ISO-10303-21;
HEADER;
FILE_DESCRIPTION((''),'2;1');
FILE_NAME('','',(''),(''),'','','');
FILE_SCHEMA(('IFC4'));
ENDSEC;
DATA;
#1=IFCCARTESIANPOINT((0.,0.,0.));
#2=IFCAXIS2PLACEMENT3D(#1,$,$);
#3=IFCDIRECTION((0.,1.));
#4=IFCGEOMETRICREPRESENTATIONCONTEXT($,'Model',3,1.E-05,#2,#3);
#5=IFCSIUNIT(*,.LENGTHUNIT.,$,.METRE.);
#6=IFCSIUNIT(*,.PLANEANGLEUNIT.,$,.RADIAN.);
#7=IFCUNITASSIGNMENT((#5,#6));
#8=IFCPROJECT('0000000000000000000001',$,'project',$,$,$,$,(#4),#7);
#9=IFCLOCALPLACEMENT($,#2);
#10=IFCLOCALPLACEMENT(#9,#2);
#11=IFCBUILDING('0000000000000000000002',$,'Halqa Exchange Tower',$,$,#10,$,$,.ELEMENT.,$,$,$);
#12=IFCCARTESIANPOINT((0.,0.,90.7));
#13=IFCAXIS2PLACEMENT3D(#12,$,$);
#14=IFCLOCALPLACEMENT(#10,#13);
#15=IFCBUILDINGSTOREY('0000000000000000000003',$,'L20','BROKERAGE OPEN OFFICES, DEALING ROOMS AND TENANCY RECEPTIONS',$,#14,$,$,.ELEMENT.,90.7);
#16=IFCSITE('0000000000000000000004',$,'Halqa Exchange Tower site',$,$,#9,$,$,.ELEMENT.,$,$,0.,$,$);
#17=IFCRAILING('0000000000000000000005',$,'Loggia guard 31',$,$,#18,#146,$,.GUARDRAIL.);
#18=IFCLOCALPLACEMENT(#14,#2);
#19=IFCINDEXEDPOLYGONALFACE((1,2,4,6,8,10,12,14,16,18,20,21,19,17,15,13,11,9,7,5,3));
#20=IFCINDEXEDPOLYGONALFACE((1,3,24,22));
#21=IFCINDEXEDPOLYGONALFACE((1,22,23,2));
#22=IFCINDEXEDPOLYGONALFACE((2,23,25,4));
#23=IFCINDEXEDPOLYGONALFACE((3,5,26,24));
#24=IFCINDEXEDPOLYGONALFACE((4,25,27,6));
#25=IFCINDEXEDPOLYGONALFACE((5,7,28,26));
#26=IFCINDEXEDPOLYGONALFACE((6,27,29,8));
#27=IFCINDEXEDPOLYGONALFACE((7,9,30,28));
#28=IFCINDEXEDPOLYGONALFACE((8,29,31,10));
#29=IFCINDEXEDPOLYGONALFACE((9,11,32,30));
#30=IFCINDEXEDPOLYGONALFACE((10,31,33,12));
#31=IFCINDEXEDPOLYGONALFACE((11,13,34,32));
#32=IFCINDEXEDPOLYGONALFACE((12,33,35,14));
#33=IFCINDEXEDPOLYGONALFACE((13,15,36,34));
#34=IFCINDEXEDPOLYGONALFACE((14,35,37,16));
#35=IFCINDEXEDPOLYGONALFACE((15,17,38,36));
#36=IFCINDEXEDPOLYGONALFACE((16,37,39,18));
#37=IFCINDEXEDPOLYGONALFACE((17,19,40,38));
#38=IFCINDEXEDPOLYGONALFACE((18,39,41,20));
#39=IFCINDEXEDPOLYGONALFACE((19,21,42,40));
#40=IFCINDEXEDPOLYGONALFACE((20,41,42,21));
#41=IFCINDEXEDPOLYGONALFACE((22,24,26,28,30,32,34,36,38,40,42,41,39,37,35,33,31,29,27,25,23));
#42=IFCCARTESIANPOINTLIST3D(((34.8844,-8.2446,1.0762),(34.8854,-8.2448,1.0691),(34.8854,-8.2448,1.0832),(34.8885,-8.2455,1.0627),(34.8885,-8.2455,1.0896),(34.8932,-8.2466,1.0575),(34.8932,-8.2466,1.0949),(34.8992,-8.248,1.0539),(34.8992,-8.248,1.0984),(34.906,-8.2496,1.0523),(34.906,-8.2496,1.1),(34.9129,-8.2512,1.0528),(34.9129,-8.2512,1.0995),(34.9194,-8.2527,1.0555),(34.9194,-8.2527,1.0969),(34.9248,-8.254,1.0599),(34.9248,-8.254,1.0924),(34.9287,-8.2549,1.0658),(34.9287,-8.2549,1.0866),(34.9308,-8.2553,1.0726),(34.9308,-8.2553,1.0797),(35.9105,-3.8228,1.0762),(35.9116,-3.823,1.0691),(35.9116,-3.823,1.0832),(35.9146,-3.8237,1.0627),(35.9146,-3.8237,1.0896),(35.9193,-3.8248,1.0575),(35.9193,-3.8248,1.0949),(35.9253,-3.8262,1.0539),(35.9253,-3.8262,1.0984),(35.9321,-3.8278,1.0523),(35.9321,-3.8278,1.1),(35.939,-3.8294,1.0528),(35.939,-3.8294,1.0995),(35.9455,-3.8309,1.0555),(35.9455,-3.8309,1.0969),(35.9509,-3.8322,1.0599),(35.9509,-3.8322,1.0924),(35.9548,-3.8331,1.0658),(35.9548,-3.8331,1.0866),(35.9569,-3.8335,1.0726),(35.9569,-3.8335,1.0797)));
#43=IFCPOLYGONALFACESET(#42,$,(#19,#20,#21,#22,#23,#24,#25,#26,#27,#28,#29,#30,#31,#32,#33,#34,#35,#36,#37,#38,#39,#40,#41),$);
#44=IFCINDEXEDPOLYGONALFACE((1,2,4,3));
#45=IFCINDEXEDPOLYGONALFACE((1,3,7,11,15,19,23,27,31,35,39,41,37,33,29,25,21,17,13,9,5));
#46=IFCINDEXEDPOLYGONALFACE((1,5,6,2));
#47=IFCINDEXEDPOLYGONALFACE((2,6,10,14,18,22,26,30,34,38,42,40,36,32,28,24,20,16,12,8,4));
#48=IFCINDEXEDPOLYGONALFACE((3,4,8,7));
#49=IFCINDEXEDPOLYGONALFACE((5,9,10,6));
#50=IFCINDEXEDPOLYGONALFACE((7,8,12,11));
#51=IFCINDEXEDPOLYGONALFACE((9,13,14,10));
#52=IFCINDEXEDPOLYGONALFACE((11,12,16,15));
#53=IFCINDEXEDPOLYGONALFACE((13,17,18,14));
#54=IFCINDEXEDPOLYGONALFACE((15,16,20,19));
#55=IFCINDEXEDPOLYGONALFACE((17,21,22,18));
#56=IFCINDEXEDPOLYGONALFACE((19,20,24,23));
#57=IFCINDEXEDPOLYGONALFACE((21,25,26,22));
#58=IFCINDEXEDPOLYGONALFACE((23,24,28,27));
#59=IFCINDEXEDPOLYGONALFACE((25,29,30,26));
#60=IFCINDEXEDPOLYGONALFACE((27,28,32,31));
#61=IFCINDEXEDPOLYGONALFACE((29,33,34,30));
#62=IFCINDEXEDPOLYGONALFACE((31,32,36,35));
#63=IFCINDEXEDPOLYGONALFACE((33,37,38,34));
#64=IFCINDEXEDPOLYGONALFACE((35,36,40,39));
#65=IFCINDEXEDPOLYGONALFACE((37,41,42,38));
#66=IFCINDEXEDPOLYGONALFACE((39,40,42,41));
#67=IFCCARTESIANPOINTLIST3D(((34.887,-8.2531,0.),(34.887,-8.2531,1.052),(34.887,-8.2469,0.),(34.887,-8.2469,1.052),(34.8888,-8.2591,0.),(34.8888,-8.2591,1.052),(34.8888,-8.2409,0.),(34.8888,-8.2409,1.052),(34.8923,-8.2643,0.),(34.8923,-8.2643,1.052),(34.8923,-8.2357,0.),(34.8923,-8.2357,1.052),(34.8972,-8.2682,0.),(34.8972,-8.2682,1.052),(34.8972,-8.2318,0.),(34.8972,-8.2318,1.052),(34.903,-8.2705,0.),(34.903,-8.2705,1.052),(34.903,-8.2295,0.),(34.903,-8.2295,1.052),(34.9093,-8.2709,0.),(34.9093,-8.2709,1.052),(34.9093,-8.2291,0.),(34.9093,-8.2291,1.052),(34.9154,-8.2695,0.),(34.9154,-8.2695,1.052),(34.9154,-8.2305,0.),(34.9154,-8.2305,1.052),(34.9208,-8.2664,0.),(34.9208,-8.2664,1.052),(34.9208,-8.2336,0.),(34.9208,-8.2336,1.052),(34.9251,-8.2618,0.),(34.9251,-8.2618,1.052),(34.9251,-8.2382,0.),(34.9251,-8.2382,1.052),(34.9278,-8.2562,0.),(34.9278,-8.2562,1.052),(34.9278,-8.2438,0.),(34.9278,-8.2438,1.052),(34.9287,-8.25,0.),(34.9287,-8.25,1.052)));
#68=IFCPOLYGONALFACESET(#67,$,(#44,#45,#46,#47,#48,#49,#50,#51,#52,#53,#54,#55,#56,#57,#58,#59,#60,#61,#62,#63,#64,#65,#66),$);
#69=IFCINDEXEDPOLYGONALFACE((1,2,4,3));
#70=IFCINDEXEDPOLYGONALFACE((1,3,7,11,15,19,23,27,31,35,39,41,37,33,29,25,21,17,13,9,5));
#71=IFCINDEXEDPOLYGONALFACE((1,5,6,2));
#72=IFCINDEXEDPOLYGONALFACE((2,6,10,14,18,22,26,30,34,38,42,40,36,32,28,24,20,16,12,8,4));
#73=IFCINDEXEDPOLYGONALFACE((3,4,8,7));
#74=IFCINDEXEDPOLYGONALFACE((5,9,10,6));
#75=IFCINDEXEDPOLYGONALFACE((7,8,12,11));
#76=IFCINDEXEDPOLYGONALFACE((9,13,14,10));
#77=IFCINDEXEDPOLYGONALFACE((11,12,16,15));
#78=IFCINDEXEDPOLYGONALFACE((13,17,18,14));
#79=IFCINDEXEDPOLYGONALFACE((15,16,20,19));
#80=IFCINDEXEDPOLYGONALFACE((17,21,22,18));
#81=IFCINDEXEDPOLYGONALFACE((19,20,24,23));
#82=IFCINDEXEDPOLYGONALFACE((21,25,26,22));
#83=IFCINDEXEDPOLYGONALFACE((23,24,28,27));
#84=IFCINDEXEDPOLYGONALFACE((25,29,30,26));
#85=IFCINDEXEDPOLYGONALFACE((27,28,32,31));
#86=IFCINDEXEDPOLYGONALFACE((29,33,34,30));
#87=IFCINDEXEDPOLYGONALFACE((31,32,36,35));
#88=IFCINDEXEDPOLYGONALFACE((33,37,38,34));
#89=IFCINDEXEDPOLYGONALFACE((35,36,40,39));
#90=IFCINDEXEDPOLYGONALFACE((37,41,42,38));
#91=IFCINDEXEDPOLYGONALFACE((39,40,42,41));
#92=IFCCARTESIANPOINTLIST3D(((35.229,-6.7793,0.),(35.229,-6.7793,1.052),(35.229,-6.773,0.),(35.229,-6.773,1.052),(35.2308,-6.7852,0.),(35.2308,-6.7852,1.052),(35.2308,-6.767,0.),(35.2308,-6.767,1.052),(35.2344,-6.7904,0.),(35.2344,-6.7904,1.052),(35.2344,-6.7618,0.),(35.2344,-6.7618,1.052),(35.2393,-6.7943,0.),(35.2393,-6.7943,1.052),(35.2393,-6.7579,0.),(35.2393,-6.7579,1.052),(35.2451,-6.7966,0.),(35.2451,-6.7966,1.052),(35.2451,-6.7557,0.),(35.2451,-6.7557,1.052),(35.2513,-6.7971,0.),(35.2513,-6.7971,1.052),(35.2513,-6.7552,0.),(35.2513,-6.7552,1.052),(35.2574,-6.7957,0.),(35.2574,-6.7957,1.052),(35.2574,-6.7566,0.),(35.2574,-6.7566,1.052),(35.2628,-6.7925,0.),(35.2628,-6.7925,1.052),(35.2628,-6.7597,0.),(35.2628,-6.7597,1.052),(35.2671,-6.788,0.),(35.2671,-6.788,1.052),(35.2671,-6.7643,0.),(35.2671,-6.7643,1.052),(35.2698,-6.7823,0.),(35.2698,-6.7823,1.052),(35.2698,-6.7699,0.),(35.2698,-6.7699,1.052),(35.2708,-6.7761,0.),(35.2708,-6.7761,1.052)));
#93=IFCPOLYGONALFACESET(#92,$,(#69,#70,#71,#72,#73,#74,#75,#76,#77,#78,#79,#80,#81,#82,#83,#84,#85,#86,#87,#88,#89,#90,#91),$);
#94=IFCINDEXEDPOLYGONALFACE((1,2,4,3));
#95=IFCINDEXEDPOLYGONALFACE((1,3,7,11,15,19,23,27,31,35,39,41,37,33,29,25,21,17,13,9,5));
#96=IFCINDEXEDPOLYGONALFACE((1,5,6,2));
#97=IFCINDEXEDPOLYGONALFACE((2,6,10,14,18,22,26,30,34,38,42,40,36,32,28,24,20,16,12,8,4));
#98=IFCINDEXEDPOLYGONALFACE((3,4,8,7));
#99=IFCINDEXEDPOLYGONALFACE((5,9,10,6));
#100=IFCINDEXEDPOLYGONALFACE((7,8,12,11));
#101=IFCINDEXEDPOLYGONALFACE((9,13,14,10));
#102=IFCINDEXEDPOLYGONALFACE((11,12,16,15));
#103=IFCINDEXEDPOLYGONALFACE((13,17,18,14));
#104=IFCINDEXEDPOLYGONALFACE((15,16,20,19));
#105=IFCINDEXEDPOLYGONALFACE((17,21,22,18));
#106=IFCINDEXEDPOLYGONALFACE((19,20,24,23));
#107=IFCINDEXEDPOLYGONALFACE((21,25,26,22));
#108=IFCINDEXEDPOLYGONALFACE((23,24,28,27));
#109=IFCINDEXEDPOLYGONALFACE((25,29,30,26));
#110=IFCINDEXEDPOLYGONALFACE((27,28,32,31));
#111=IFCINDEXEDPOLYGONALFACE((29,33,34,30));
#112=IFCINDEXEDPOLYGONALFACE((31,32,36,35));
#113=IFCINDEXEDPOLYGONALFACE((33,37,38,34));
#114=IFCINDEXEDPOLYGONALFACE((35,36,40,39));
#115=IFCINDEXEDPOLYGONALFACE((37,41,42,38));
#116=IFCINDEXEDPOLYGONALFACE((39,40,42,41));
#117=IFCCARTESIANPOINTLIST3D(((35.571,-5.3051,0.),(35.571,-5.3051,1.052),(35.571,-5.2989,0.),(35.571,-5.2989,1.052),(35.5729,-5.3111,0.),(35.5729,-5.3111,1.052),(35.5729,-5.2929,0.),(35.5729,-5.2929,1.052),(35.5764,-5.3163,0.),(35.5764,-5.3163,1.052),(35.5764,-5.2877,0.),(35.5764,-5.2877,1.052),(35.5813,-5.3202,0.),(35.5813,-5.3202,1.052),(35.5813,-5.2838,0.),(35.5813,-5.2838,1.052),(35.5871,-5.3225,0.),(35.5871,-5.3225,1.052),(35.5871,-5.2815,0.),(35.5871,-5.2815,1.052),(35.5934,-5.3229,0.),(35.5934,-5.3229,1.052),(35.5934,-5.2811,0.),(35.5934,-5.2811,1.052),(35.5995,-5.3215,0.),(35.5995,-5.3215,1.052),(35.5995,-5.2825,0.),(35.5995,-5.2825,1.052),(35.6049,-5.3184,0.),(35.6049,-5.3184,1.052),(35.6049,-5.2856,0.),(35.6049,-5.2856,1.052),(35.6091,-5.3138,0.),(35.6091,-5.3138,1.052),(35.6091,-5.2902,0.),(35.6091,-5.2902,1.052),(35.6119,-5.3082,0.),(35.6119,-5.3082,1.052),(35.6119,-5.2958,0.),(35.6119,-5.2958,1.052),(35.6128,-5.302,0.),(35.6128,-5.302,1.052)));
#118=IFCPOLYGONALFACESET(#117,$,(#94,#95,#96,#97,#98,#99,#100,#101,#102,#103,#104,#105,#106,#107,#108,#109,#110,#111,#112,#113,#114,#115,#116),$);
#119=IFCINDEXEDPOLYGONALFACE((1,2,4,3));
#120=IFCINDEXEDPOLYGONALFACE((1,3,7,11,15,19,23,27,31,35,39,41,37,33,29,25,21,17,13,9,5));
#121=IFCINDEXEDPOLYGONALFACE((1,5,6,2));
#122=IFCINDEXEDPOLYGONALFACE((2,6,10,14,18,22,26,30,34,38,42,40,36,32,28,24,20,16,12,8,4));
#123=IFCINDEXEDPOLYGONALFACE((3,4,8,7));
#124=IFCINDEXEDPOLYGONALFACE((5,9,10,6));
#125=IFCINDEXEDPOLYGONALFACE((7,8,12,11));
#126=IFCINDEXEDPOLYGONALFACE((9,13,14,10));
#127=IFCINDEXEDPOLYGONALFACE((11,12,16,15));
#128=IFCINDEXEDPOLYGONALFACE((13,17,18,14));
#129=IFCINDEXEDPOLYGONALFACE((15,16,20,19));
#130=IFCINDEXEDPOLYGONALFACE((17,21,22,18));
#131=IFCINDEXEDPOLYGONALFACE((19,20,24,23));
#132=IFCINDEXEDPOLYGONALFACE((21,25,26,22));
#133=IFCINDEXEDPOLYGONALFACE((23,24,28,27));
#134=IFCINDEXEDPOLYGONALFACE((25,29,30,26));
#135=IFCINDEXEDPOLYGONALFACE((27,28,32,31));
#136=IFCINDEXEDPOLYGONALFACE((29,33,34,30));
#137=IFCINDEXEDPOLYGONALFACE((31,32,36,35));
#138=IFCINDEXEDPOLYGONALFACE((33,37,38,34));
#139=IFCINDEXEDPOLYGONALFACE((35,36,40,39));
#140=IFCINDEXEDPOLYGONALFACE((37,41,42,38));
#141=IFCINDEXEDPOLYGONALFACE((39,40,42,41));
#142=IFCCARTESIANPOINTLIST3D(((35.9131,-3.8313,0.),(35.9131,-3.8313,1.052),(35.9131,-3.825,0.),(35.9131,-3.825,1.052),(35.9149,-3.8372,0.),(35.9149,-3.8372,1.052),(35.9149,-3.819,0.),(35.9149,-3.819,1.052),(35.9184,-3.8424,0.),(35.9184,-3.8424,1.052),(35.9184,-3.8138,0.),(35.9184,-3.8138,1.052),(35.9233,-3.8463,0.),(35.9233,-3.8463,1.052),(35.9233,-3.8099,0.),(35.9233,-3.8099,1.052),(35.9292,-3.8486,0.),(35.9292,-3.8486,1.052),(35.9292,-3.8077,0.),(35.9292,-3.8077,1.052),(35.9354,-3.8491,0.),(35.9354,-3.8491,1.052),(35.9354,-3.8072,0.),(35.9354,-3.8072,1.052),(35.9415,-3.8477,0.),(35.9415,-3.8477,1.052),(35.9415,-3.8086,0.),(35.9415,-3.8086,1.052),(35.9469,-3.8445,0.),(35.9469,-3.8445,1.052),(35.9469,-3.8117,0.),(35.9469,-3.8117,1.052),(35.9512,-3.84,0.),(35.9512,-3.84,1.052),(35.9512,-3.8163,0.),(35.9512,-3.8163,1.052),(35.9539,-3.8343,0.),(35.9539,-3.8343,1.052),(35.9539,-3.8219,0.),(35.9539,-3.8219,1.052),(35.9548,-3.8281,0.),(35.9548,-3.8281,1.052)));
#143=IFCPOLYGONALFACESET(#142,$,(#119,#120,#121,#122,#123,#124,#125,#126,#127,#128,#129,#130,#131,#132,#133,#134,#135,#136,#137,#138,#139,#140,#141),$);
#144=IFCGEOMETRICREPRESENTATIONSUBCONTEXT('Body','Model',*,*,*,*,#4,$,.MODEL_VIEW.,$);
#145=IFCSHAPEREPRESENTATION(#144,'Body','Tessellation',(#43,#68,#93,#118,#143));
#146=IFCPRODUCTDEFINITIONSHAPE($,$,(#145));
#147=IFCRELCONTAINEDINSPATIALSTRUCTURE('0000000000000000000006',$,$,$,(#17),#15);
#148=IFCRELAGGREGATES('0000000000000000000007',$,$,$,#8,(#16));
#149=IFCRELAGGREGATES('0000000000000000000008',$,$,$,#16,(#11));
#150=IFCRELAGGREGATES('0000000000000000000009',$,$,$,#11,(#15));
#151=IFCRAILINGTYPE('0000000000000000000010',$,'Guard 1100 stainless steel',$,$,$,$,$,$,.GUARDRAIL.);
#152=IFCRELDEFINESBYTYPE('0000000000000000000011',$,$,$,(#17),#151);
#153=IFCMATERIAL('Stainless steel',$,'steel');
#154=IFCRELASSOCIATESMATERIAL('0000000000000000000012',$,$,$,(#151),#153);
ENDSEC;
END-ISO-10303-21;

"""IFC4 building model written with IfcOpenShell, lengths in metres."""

from ifc_helpers import new_model, si_unit, direction, frame, origin, origin_2d, place, context, subcontext, project, spatial, circle, extrude, material, type_object, element, save


model = new_model("IFC4")

# Units and contexts
model_context = context("Model", 3, precision=1e-05, world=origin(), true_north=direction((0.0, 1.0)))
body_context = subcontext(model_context, "Body", "Model", "MODEL_VIEW")
ifc_project = project(units=[si_unit("LENGTHUNIT", "METRE"), si_unit("PLANEANGLEUNIT", "RADIAN")], contexts=[model_context])

# Site, building, storey
site_placement = place(None, origin())
site = spatial("IfcSite", under=ifc_project, at=site_placement, Name="Halqa Exchange Tower site", CompositionType="ELEMENT", RefElevation=0.0)
building_placement = place(site_placement, origin())
building = spatial("IfcBuilding", under=site, at=building_placement, Name="Halqa Exchange Tower", CompositionType="ELEMENT")
storey_placement = place(building_placement, frame((0.0, 0.0, 90.7)))
storey = spatial("IfcBuildingStorey", under=building, at=storey_placement, Name="L20", Description="BROKERAGE OPEN OFFICES, DEALING ROOMS AND TENANCY RECEPTIONS", CompositionType="ELEMENT", Elevation=90.7)

# Railing
ifc_material_1 = material(Name="Stainless steel", Category="steel")
railing_type = type_object("IfcRailingType", Name="Guard 1100 stainless steel", PredefinedType="GUARDRAIL", material=ifc_material_1)
railing_1_placement = place(storey_placement, frame((34.9077, -8.25, 0.0)))
element("IfcRailing", 1, at=railing_1_placement, inside=storey, type_object=railing_type, Name="Loggia guard 31", PredefinedType="GUARDRAIL", context=body_context, shape_type="SweptSolid", body=[
    extrude(circle(Radius=0.0239, at=origin_2d()), frame((0.0, 0.0, 1.0762), z_axis=(0.22605, 0.974116, 0.0), x_axis=(-0.974116, 0.22605, 0.0)), (0.0, 0.0, 1.0), 4.5393),
    extrude(circle(Radius=0.021, at=origin_2d()), origin(), (0.0, 0.0, 1.0), 1.052),
    extrude(circle(Radius=0.021, at=origin_2d()), frame((0.342, 1.4739, 0.0)), (0.0, 0.0, 1.0), 1.052),
    extrude(circle(Radius=0.021, at=origin_2d()), frame((0.6841, 2.948, 0.0)), (0.0, 0.0, 1.0), 1.052),
    extrude(circle(Radius=0.021, at=origin_2d()), frame((1.0261, 4.4219, 0.0)), (0.0, 0.0, 1.0), 1.052),
])

save(model, "model.ifc")
